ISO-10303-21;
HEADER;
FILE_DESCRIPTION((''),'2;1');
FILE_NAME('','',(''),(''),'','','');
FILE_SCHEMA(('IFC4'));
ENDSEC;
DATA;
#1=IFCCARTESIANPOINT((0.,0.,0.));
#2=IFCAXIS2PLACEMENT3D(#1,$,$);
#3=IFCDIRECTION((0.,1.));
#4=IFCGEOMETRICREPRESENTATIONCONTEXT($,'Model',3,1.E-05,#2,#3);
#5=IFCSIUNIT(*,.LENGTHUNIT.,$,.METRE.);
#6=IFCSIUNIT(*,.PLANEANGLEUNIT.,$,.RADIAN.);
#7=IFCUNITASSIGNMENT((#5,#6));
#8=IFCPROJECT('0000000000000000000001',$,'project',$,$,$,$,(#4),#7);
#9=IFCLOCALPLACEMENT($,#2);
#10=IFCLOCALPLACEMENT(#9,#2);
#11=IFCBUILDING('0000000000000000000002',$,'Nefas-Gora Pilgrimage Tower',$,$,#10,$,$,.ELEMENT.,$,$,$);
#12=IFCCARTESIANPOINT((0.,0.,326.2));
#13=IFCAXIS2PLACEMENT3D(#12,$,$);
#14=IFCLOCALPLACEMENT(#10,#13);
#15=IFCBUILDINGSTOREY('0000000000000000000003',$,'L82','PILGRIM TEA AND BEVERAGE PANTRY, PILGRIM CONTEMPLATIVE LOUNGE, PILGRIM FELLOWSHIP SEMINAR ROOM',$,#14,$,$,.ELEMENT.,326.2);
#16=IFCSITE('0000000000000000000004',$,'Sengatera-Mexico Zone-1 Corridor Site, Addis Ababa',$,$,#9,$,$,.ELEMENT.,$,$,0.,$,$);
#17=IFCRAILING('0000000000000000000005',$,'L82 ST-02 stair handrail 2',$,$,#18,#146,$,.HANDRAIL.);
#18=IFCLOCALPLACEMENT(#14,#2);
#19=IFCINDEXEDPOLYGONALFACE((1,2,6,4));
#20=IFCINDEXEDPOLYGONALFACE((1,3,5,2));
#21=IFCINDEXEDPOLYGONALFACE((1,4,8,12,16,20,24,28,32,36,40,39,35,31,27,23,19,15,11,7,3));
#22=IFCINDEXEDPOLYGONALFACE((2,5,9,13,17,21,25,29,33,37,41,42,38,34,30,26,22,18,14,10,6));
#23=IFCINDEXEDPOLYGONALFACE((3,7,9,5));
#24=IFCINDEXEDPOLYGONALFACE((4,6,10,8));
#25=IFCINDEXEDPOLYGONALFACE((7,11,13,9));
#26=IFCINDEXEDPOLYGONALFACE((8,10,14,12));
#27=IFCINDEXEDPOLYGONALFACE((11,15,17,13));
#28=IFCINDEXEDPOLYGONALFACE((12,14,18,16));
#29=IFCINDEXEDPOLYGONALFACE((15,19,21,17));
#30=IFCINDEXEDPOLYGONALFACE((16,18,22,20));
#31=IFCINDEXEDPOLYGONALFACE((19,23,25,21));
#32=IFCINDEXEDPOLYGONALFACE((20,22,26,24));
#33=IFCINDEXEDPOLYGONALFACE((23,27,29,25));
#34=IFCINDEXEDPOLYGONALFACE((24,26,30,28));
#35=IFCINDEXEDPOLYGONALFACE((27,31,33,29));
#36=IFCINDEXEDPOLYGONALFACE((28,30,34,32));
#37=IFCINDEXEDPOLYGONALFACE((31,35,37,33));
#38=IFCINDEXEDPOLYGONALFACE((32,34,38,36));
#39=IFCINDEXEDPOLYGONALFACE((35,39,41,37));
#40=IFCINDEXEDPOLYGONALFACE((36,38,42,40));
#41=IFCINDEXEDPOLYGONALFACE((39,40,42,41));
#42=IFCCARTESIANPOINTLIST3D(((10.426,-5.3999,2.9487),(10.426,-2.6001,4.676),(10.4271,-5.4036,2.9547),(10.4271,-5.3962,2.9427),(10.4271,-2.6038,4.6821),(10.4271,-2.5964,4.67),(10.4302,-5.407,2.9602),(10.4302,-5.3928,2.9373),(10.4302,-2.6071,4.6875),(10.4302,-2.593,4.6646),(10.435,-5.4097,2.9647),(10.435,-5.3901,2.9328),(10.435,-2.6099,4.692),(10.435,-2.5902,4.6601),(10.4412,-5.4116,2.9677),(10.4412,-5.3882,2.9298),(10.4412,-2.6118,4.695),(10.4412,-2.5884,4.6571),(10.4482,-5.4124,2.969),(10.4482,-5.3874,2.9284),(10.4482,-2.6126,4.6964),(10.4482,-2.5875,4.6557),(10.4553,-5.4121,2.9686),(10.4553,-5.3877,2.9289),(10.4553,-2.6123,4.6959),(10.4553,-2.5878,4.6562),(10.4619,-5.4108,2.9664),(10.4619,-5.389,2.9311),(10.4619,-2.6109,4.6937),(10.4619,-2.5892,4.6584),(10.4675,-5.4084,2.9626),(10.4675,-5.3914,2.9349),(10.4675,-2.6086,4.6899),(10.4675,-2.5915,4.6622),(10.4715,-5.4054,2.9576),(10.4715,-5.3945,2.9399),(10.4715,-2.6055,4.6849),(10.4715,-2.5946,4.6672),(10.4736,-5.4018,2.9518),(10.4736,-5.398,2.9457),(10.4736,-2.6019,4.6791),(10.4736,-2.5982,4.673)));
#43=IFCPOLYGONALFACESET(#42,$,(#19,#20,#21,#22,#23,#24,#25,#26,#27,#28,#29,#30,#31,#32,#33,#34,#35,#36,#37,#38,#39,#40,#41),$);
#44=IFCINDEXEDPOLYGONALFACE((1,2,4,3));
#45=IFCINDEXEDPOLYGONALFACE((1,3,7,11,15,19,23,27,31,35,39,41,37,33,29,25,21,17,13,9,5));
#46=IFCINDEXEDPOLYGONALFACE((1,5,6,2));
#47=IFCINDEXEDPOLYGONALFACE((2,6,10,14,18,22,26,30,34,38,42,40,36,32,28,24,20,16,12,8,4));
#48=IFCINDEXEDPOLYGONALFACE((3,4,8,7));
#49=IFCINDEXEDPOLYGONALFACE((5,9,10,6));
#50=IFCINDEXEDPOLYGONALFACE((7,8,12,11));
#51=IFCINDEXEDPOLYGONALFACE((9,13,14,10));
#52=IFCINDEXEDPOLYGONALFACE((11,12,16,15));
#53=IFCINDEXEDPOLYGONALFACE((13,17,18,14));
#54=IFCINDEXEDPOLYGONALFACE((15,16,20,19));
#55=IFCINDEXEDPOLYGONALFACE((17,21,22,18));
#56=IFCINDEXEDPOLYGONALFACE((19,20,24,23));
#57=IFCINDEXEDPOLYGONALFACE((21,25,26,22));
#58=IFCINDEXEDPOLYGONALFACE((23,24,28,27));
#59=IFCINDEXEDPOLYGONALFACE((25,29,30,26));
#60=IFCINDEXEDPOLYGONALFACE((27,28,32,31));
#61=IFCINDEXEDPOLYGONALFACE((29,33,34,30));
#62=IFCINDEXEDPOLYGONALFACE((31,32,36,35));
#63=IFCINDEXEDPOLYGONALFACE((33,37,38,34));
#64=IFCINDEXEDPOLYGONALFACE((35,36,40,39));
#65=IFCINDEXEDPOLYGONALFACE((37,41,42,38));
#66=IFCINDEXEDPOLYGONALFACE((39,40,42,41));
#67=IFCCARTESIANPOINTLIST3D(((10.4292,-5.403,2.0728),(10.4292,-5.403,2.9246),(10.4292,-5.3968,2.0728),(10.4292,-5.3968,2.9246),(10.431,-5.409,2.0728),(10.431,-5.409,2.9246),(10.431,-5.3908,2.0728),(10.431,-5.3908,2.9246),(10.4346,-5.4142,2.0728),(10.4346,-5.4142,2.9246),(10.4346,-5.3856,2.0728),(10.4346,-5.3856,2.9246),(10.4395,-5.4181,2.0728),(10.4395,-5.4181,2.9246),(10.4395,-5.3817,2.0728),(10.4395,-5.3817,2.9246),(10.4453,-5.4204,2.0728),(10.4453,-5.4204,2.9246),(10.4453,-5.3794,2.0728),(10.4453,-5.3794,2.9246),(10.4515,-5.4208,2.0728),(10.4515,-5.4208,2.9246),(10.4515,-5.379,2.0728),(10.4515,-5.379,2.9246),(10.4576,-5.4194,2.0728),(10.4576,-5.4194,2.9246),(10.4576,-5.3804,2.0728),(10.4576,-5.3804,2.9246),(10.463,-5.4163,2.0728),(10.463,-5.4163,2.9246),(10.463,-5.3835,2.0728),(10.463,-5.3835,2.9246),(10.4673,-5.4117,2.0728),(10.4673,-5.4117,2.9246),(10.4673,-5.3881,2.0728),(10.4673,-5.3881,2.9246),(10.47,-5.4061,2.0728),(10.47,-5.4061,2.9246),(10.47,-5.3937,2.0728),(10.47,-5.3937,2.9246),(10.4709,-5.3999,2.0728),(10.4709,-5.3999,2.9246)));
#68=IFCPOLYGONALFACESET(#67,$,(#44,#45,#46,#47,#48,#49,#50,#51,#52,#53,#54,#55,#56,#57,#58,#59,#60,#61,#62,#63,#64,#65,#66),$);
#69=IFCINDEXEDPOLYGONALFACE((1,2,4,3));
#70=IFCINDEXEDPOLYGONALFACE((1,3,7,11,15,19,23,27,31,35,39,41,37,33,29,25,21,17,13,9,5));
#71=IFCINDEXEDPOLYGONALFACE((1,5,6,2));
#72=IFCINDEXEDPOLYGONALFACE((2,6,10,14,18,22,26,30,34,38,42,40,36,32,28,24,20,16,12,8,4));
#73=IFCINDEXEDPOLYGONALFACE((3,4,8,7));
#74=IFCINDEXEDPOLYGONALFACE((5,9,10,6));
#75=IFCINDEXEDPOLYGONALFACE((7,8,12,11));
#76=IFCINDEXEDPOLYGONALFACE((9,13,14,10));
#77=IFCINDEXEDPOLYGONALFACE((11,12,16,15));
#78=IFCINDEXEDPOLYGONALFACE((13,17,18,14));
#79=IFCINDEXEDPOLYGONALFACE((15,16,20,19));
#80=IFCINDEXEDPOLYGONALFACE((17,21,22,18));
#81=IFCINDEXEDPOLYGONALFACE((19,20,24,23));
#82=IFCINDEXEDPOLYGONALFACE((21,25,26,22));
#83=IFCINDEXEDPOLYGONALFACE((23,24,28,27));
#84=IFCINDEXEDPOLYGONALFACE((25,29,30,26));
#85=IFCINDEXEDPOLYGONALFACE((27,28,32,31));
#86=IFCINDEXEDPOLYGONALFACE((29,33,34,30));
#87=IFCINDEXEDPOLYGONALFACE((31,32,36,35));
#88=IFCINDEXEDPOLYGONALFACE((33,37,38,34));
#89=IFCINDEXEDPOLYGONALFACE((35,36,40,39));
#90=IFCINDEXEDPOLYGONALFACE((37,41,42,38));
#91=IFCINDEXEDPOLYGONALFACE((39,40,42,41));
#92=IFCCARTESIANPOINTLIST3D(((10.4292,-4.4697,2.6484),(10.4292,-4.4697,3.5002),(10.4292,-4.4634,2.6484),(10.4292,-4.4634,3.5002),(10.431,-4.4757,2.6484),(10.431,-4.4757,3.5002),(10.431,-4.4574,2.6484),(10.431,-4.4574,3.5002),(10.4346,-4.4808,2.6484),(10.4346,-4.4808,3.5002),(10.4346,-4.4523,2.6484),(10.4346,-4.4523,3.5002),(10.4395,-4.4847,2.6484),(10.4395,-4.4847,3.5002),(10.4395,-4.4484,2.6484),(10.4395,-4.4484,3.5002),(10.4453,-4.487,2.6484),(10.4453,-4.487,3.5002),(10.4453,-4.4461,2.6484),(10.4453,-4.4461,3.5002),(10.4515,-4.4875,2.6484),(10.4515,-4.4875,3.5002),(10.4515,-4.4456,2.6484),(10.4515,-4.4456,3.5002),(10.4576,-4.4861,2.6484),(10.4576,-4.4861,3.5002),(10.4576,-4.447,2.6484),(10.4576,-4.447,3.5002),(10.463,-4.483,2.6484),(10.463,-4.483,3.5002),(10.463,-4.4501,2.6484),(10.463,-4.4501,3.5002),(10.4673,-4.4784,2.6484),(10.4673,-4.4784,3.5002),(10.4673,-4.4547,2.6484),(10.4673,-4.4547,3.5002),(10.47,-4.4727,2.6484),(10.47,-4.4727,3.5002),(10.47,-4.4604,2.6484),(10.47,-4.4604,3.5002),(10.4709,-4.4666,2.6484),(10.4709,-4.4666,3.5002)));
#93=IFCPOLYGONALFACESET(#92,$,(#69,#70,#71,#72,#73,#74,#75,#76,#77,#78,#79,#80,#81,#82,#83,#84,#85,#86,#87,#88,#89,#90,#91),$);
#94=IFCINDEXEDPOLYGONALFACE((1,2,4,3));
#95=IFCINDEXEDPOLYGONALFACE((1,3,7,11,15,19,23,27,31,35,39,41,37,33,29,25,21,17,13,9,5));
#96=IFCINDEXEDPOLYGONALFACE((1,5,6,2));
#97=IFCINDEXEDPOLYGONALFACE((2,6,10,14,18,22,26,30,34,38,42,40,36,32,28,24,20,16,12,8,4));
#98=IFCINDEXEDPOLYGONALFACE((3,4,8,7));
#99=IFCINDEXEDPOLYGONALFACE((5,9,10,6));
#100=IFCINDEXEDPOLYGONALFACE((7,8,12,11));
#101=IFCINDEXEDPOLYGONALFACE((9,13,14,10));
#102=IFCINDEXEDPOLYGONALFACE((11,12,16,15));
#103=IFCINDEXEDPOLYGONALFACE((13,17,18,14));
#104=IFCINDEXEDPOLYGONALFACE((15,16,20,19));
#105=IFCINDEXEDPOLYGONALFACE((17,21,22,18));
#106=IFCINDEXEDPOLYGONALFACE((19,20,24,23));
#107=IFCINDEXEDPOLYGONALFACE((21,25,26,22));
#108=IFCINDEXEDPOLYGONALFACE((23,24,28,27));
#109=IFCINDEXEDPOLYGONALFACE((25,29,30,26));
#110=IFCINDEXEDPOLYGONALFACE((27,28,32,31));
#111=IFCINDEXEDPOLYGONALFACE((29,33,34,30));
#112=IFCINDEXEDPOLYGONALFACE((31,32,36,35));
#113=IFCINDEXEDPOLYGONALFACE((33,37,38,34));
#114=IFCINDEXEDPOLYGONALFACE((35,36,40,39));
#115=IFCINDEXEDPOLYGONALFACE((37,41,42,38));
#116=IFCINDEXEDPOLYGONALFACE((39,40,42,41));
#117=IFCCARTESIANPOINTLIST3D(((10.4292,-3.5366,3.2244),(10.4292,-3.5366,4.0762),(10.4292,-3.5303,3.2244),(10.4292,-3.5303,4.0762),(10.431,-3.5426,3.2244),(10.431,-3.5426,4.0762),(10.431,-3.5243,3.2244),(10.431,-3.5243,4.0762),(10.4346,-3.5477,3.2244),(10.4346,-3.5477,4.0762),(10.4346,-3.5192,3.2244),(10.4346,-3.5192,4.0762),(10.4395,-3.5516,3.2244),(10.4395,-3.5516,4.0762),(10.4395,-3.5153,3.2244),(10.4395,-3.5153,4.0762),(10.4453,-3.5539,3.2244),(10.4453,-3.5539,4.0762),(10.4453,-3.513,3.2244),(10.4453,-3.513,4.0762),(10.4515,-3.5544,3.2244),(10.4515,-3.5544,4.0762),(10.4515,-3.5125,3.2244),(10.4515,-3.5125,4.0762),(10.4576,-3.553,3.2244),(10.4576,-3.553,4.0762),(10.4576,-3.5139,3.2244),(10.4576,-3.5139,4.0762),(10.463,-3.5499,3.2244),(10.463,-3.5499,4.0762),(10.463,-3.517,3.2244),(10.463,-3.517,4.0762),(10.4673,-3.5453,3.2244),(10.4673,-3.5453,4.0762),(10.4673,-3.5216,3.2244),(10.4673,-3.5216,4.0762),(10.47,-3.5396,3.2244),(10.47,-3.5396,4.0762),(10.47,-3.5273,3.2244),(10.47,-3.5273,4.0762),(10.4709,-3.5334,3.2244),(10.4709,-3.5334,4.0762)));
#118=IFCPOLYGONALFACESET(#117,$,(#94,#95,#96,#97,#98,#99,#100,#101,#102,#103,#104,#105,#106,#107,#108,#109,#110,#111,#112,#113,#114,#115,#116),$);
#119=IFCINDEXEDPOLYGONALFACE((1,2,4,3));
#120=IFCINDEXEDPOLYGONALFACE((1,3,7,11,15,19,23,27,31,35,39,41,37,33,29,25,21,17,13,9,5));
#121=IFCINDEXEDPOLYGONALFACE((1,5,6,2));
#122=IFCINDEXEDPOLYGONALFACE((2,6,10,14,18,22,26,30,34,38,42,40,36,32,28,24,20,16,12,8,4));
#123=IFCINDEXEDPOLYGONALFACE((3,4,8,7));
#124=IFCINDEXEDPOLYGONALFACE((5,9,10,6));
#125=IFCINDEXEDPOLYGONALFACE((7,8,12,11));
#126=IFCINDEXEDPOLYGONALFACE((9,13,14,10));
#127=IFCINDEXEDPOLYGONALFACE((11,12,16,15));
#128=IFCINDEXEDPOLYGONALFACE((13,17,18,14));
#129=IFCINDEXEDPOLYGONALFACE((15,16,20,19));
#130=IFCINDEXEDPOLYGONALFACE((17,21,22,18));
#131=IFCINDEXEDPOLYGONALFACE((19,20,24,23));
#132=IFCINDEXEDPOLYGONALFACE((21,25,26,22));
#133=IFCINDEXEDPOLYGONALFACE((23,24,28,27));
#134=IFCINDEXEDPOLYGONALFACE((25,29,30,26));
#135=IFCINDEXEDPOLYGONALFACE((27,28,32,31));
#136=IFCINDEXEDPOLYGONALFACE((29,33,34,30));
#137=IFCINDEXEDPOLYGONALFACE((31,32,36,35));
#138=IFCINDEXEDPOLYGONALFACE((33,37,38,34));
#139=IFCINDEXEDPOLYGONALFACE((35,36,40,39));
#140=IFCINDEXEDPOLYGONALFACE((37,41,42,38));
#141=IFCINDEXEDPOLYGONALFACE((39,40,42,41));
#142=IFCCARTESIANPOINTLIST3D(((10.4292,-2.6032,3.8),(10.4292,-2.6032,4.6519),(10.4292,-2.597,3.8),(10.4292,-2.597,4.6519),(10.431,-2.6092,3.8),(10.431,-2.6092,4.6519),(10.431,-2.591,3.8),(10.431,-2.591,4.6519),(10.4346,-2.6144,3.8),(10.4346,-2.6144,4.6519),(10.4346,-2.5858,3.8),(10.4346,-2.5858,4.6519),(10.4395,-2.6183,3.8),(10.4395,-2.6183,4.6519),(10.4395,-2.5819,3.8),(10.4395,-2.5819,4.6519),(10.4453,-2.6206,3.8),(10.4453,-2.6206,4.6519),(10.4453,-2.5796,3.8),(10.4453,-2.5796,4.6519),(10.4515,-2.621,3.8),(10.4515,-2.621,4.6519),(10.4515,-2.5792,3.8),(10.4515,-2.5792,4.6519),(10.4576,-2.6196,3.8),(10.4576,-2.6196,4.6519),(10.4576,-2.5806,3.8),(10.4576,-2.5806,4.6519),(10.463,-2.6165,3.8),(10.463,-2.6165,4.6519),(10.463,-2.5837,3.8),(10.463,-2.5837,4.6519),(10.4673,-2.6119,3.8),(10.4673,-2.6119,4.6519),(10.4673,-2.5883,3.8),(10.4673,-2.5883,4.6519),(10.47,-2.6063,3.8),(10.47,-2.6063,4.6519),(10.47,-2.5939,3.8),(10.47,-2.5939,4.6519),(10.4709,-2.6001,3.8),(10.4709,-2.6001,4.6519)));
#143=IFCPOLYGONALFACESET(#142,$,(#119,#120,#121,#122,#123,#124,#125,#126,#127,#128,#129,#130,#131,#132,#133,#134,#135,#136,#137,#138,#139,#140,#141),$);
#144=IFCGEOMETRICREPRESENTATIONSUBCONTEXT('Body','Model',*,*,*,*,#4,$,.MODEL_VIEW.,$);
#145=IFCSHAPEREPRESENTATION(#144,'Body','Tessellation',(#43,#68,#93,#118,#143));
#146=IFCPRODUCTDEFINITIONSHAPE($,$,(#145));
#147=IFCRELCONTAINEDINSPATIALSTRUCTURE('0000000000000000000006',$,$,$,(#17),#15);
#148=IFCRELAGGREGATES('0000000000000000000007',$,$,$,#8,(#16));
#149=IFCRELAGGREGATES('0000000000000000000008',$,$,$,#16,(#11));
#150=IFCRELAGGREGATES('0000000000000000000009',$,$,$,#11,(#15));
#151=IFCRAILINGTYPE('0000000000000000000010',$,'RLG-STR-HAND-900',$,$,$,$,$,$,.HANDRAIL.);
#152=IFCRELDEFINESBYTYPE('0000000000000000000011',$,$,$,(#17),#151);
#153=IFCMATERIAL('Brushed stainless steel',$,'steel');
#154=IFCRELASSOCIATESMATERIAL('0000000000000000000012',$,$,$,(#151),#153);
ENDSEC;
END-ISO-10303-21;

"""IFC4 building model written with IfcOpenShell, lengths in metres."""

from ifc_helpers import new_model, si_unit, direction, frame, origin, origin_2d, place, context, subcontext, project, spatial, circle, extrude, material, type_object, element, save


model = new_model("IFC4")

# Units and contexts
model_context = context("Model", 3, precision=1e-05, world=origin(), true_north=direction((0.0, 1.0)))
body_context = subcontext(model_context, "Body", "Model", "MODEL_VIEW")
ifc_project = project(units=[si_unit("LENGTHUNIT", "METRE"), si_unit("PLANEANGLEUNIT", "RADIAN")], contexts=[model_context])

# Site, building, storey
site_placement = place(None, origin())
site = spatial("IfcSite", under=ifc_project, at=site_placement, Name="Sengatera-Mexico Zone-1 Corridor Site, Addis Ababa", CompositionType="ELEMENT", RefElevation=0.0)
building_placement = place(site_placement, origin())
building = spatial("IfcBuilding", under=site, at=building_placement, Name="Nefas-Gora Pilgrimage Tower", CompositionType="ELEMENT")
storey_placement = place(building_placement, frame((0.0, 0.0, 326.2)))
storey = spatial("IfcBuildingStorey", under=building, at=storey_placement, Name="L82", Description="PILGRIM TEA AND BEVERAGE PANTRY, PILGRIM CONTEMPLATIVE LOUNGE, PILGRIM FELLOWSHIP SEMINAR ROOM", CompositionType="ELEMENT", Elevation=326.2)

# Railing
ifc_material_1 = material(Name="Brushed stainless steel", Category="steel")
railing_type_1 = type_object("IfcRailingType", Name="RLG-STR-HAND-900", PredefinedType="HANDRAIL", material=ifc_material_1)
railing_1_placement = place(storey_placement, frame((10.45, -5.3999, 2.0728)))
element("IfcRailing", 1, at=railing_1_placement, inside=storey, type_object=railing_type_1, Name="L82 ST-02 stair handrail 2", PredefinedType="HANDRAIL", context=body_context, shape_type="SweptSolid", body=[
    extrude(circle(Radius=0.0239, at=origin_2d()), frame((0.0, 0.0, 0.876), z_axis=(0.0, 0.851069, 0.525054), x_axis=(-1.0, 0.0, 0.0)), (0.0, 0.0, 1.0), 3.2898),
    extrude(circle(Radius=0.021, at=origin_2d()), origin(), (0.0, 0.0, 1.0), 0.8518),
    extrude(circle(Radius=0.021, at=origin_2d()), frame((0.0, 0.9333, 0.5757)), (0.0, 0.0, 1.0), 0.8518),
    extrude(circle(Radius=0.021, at=origin_2d()), frame((0.0, 1.8665, 1.1516)), (0.0, 0.0, 1.0), 0.8518),
    extrude(circle(Radius=0.021, at=origin_2d()), frame((0.0, 2.7998, 1.7273)), (0.0, 0.0, 1.0), 0.8518),
])

save(model, "model.ifc")
